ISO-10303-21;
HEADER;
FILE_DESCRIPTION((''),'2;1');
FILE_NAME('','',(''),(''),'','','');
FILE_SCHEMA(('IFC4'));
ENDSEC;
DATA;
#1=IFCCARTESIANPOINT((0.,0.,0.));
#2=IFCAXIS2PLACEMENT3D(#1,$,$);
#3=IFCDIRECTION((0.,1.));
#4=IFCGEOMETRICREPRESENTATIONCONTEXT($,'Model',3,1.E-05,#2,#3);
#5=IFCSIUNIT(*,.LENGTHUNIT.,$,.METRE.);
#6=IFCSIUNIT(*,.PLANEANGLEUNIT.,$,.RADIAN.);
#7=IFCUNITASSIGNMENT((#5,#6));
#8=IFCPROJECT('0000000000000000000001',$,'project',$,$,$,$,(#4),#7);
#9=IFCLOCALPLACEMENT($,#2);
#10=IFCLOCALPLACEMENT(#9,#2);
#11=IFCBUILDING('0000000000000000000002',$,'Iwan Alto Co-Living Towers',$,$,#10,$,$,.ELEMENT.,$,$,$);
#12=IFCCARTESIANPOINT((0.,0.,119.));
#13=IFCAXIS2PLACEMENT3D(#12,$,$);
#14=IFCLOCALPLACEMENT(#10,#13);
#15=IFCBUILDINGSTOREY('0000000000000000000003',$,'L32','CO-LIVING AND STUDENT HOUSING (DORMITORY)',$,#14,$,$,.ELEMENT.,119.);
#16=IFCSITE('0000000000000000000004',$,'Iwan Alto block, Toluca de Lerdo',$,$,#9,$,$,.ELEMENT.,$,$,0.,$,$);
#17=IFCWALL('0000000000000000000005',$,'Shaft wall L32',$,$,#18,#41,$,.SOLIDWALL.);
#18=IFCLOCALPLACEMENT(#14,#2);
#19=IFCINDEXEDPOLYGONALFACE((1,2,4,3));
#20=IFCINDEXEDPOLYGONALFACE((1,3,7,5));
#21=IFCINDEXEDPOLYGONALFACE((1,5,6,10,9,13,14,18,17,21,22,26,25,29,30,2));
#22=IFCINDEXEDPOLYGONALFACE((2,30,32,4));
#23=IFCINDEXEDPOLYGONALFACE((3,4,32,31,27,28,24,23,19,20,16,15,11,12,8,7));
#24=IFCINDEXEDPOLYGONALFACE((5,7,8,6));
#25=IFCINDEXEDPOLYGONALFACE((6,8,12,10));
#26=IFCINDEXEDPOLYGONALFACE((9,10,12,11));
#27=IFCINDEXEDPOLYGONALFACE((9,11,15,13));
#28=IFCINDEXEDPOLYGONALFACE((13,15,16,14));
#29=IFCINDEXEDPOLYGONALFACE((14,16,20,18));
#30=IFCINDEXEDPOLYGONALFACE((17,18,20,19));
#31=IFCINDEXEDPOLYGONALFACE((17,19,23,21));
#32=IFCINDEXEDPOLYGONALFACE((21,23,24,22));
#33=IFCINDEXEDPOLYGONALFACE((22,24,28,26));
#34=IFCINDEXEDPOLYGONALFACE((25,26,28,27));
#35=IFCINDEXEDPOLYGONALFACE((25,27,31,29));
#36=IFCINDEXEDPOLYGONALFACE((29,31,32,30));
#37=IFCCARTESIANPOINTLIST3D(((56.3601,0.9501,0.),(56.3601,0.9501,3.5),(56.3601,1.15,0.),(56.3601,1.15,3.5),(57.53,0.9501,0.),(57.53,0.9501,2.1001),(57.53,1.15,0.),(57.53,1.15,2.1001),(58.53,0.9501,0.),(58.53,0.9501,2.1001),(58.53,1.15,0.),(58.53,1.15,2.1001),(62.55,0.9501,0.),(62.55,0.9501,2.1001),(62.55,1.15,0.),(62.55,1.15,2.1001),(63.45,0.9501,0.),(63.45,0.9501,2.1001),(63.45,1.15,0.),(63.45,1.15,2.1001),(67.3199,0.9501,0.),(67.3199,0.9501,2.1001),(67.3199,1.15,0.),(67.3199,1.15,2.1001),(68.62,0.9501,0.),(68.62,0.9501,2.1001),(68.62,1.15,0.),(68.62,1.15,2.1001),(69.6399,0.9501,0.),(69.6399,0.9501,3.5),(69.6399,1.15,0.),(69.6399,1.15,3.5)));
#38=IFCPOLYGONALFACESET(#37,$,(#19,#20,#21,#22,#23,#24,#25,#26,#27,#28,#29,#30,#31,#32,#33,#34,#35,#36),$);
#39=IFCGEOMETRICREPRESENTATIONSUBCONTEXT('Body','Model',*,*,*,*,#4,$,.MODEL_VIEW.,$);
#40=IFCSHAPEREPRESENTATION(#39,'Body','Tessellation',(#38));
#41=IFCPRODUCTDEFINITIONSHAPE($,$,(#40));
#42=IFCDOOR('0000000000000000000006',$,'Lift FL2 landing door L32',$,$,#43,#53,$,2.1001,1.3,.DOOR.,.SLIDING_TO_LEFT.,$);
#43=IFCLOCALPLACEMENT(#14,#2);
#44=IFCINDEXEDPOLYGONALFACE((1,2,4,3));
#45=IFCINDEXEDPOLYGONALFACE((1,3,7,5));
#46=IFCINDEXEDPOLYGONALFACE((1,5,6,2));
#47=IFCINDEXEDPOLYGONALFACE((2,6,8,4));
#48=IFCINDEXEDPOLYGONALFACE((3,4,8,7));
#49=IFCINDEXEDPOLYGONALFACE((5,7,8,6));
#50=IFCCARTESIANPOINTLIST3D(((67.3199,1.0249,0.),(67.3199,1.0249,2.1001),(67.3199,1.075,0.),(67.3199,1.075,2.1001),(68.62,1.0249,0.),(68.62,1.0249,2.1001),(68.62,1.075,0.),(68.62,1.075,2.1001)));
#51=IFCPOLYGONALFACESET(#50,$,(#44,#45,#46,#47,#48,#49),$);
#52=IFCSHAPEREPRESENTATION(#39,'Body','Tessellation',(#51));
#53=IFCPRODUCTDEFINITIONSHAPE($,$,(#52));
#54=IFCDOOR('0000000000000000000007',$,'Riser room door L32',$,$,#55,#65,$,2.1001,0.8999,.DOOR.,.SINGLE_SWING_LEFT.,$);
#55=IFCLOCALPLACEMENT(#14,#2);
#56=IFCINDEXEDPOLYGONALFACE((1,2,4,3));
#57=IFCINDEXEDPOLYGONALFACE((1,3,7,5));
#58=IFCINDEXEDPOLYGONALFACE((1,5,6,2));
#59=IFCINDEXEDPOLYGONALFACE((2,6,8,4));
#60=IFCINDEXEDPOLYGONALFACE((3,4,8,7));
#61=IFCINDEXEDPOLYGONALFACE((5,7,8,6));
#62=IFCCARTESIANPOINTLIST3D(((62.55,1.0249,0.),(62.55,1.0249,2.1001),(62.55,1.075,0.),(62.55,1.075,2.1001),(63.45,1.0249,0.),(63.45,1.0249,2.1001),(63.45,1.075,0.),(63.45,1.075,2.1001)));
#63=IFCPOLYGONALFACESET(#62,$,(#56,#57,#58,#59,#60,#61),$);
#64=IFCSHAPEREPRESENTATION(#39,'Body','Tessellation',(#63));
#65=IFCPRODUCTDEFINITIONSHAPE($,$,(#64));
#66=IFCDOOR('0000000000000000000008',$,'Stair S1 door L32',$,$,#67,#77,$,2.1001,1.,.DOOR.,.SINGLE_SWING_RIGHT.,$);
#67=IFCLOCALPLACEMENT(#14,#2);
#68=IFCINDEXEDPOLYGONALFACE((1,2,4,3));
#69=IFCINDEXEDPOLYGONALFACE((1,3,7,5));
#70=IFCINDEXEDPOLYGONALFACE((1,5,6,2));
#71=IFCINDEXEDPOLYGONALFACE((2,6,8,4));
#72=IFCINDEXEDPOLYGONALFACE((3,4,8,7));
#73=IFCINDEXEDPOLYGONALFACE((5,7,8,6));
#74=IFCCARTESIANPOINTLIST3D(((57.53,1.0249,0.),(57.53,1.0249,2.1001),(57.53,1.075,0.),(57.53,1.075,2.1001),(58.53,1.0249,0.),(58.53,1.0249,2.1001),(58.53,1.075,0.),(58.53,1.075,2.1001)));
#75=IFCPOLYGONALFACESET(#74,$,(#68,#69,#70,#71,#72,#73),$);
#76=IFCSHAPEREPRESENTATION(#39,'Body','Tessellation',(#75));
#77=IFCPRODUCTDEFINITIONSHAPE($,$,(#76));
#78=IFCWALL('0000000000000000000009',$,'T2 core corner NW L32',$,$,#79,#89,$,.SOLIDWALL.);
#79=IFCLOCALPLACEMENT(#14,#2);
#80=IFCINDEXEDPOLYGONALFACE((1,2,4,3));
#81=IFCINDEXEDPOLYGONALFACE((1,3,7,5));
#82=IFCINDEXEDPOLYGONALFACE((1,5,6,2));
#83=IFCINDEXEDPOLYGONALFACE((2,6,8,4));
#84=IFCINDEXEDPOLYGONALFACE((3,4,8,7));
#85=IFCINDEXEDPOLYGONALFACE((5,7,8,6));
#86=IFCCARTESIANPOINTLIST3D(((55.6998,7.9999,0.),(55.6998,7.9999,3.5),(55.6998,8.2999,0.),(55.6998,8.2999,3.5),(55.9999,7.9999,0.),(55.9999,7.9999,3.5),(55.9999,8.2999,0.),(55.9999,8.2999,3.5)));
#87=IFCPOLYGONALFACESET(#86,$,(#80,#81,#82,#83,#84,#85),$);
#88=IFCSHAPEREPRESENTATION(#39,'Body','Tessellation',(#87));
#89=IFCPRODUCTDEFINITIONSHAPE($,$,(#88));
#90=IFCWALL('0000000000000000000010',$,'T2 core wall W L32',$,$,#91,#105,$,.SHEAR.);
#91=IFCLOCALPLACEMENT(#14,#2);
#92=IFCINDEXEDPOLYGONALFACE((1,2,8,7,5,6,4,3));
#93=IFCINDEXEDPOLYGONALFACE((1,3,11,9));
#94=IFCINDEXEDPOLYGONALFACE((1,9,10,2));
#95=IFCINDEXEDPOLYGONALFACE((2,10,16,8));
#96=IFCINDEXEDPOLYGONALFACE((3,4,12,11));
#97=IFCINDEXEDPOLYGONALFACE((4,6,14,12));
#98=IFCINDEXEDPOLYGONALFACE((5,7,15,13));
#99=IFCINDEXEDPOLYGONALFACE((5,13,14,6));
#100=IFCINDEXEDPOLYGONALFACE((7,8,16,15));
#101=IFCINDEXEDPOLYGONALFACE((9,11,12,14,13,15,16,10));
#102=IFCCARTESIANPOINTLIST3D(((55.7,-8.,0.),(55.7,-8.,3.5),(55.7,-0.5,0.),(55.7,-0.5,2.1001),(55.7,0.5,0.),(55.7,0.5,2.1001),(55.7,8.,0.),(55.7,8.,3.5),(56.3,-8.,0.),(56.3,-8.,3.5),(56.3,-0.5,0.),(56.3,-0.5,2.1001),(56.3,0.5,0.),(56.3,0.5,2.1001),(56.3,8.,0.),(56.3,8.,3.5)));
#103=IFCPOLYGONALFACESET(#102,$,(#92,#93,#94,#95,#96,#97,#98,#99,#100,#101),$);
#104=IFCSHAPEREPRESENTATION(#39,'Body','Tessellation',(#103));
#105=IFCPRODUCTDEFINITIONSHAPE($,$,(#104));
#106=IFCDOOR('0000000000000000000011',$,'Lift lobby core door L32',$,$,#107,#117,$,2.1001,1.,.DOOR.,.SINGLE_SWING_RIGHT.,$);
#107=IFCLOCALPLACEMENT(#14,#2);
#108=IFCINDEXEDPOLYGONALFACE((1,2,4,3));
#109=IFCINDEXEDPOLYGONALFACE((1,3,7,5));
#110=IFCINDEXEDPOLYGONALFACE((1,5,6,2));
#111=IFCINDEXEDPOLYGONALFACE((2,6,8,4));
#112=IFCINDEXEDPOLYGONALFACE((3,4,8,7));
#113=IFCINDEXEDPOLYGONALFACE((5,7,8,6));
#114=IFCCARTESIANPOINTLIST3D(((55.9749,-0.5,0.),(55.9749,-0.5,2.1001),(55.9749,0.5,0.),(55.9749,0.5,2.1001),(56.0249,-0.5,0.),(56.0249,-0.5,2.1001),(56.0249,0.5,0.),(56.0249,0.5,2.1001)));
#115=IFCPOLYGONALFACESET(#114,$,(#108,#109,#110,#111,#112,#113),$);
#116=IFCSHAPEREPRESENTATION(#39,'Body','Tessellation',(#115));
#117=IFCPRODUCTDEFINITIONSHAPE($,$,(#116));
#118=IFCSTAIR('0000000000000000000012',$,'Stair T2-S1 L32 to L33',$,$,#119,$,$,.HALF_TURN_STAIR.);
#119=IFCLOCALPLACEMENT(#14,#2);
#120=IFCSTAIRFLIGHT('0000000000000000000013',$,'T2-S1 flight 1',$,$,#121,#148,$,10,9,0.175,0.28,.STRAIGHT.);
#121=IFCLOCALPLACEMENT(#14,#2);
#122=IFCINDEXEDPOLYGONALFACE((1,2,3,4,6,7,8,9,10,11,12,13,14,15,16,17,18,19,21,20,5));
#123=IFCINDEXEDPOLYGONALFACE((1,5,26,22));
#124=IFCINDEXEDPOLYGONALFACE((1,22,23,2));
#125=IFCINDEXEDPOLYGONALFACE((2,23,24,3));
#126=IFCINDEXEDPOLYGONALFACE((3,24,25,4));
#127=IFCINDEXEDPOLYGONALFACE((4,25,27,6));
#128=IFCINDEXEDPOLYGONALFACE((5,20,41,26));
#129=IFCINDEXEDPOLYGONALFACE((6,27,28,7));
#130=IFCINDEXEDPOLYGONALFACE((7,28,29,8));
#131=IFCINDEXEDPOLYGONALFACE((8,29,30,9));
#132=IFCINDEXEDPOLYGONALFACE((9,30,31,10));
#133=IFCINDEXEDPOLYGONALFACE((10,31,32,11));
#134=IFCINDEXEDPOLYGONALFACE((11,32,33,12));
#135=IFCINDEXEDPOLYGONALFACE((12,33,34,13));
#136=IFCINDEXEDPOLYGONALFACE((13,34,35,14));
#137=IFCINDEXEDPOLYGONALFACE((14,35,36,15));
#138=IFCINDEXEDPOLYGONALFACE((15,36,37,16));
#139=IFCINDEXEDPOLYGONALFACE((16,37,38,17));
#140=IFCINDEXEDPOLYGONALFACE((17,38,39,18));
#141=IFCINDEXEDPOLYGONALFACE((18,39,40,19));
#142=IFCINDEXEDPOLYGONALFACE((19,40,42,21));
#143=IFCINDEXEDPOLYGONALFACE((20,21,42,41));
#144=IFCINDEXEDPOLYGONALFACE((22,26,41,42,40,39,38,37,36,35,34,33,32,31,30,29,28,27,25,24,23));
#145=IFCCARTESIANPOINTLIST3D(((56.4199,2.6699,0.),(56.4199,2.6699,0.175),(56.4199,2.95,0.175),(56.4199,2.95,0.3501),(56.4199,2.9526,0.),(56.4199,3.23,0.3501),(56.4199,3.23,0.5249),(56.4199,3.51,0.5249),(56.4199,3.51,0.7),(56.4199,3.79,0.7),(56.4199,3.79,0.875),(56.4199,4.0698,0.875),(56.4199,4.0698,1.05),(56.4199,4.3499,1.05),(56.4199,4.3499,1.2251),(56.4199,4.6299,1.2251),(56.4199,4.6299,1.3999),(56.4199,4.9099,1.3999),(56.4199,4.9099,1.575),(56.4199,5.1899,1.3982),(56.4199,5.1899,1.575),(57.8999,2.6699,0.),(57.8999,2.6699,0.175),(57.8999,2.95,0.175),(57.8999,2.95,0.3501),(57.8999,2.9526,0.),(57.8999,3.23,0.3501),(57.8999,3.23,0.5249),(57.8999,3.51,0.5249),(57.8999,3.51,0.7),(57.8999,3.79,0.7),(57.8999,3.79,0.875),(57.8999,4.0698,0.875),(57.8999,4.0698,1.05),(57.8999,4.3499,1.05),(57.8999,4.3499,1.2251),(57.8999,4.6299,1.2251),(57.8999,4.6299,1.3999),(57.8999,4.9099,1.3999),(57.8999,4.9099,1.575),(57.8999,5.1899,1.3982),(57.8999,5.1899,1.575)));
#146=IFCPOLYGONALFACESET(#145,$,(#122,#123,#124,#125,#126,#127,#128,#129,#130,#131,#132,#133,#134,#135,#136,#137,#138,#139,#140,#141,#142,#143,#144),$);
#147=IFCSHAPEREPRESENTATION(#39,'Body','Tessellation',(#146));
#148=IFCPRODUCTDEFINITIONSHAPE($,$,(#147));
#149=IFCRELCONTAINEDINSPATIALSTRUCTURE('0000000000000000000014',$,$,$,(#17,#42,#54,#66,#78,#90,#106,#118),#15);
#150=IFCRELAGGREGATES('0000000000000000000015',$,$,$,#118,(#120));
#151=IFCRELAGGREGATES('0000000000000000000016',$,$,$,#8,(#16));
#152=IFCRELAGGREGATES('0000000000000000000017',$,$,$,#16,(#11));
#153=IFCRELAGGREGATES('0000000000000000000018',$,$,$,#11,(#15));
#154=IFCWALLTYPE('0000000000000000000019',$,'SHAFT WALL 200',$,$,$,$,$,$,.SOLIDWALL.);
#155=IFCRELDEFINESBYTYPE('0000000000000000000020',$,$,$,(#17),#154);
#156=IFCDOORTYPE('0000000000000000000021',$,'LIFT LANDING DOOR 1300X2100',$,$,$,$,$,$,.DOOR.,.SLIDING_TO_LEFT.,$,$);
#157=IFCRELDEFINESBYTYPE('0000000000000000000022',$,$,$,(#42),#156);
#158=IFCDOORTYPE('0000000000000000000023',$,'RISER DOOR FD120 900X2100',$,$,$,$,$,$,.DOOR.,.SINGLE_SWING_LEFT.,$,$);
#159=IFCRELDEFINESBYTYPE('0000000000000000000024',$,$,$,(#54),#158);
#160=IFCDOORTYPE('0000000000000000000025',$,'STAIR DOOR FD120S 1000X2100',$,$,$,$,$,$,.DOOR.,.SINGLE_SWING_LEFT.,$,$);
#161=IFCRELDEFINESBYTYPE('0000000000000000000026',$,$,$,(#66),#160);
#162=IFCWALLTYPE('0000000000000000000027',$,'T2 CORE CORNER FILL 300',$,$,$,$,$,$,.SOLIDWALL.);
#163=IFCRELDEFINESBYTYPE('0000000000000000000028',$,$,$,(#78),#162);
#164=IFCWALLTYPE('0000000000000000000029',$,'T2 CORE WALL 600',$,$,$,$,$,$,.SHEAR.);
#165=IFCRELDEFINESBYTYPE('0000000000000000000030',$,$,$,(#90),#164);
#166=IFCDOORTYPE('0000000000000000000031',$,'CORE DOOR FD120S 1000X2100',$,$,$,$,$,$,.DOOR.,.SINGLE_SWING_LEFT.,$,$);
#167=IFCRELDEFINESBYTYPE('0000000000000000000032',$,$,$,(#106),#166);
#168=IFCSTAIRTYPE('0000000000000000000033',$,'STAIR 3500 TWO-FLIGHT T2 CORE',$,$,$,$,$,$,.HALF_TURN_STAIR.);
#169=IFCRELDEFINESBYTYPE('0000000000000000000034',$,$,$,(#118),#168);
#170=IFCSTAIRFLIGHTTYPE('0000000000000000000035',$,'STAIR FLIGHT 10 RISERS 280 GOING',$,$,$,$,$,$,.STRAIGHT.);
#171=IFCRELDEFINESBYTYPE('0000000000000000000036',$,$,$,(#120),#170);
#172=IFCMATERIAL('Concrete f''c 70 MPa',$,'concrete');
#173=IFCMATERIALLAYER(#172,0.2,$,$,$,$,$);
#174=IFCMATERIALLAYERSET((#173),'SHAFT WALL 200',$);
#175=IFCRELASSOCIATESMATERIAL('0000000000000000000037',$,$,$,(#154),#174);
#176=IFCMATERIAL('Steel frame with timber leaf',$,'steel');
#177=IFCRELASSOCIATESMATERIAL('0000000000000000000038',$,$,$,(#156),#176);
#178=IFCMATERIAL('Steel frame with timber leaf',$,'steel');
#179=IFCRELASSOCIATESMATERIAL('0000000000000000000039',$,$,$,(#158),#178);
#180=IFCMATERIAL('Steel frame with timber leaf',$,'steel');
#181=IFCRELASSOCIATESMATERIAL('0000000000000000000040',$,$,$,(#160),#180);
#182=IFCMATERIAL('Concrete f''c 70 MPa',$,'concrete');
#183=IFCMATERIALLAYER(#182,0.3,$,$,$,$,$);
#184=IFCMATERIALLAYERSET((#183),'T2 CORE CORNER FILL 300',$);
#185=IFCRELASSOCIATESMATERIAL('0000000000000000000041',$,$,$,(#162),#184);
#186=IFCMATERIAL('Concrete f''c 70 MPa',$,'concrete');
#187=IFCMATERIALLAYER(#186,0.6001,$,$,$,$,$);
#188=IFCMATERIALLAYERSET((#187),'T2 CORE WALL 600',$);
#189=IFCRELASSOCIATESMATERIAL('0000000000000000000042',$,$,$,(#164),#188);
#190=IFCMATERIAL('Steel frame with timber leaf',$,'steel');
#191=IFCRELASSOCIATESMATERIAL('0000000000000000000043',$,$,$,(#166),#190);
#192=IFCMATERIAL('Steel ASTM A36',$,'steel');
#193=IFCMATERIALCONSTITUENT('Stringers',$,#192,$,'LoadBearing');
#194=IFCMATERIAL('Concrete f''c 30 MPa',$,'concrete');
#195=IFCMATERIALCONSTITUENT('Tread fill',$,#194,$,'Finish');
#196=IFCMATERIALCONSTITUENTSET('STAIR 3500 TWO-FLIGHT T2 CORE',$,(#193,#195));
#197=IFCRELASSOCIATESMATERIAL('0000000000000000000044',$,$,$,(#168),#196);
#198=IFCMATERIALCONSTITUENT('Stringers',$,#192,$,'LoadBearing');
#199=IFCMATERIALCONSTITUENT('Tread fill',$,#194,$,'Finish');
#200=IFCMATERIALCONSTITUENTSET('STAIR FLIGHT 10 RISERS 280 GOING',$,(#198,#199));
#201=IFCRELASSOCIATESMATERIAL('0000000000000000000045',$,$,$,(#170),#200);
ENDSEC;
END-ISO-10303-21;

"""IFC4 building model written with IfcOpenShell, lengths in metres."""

from ifc_helpers import new_model, si_unit, direction, frame, frame_2d, origin, place, context, subcontext, project, spatial, polyline, rectangle, outline, extrude, material, layer, layer_set, constituent, constituent_set, type_object, element, fill, aggregate, save


model = new_model("IFC4")

# Units and contexts
model_context = context("Model", 3, precision=1e-05, world=origin(), true_north=direction((0.0, 1.0)))
body_context = subcontext(model_context, "Body", "Model", "MODEL_VIEW")
ifc_project = project(units=[si_unit("LENGTHUNIT", "METRE"), si_unit("PLANEANGLEUNIT", "RADIAN")], contexts=[model_context])

# Site, building, storey
site_placement = place(None, origin())
site = spatial("IfcSite", under=ifc_project, at=site_placement, Name="Iwan Alto block, Toluca de Lerdo", CompositionType="ELEMENT", RefElevation=0.0)
building_placement = place(site_placement, origin())
building = spatial("IfcBuilding", under=site, at=building_placement, Name="Iwan Alto Co-Living Towers", CompositionType="ELEMENT")
storey_placement = place(building_placement, frame((0.0, 0.0, 119.0)))
storey = spatial("IfcBuildingStorey", under=building, at=storey_placement, Name="L32", Description="CO-LIVING AND STUDENT HOUSING (DORMITORY)", CompositionType="ELEMENT", Elevation=119.0)

# Wall, openings, doors
ifc_material_1 = material(Name="Concrete f'c 70 MPa", Category="concrete")
ifc_layer_1 = layer(ifc_material_1, 0.2)
ifc_layer_set_1 = layer_set([ifc_layer_1], Name="SHAFT WALL 200")
wall_type_1 = type_object("IfcWallType", Name="SHAFT WALL 200", PredefinedType="SOLIDWALL", material=ifc_layer_set_1)
wall_1_placement = place(storey_placement, frame((56.3601, 1.05, 0.0), z_axis=(0.0, 0.0, 1.0), x_axis=(1.0, 0.0, 0.0)))
wall_1 = element("IfcWall", 1, at=wall_1_placement, inside=storey, type_object=wall_type_1, Name="Shaft wall L32", PredefinedType="SOLIDWALL", context=body_context, shape_type="SweptSolid", body=[
    extrude(rectangle(XDim=13.2798, YDim=0.2, at=frame_2d((6.6399, 0.0))), origin(), (0.0, 0.0, 1.0), 3.5),
])
opening_1_placement = place(wall_1_placement, frame((1.1699, 0.0, 0.0)))
opening_1 = element("IfcOpeningElement", 2, at=opening_1_placement, cuts=wall_1, PredefinedType="OPENING", context=body_context, shape_type="SweptSolid", body=[
    extrude(rectangle(XDim=1.0, YDim=2.1001, at=frame_2d((0.5, 1.05))), frame((0.0, 0.1099, 0.0), z_axis=(0.0, -1.0, 0.0), x_axis=(1.0, 0.0, 0.0)), (0.0, 0.0, 1.0), 0.22),
])
opening_2_placement = place(wall_1_placement, frame((6.1899, 0.0, 0.0)))
opening_2 = element("IfcOpeningElement", 3, at=opening_2_placement, cuts=wall_1, PredefinedType="OPENING", context=body_context, shape_type="SweptSolid", body=[
    extrude(rectangle(XDim=0.8999, YDim=2.1001, at=frame_2d((0.45, 1.05))), frame((0.0, 0.1099, 0.0), z_axis=(0.0, -1.0, 0.0), x_axis=(1.0, 0.0, 0.0)), (0.0, 0.0, 1.0), 0.22),
])
opening_3_placement = place(wall_1_placement, frame((10.96, 0.0, 0.0)))
opening_3 = element("IfcOpeningElement", 4, at=opening_3_placement, cuts=wall_1, PredefinedType="OPENING", context=body_context, shape_type="SweptSolid", body=[
    extrude(rectangle(XDim=1.3, YDim=2.1001, at=frame_2d((0.6499, 1.05))), frame((0.0, 0.1099, 0.0), z_axis=(0.0, -1.0, 0.0), x_axis=(1.0, 0.0, 0.0)), (0.0, 0.0, 1.0), 0.22),
])
ifc_material_2 = material(Name="Steel frame with timber leaf", Category="steel")
door_type_1 = type_object("IfcDoorType", Name="LIFT LANDING DOOR 1300X2100", OperationType="SLIDING_TO_LEFT", PredefinedType="DOOR", material=ifc_material_2)
door_1_placement = place(opening_3_placement, origin())
door_1 = element("IfcDoor", 5, at=door_1_placement, inside=storey, type_object=door_type_1, Name="Lift FL2 landing door L32", OperationType="SLIDING_TO_LEFT", OverallHeight=2.1001, OverallWidth=1.3, PredefinedType="DOOR", context=body_context, shape_type="SweptSolid", body=[
    extrude(rectangle(XDim=1.3, YDim=2.1001, at=frame_2d((0.6499, 1.05))), frame((0.0, 0.0249, 0.0), z_axis=(0.0, -1.0, 0.0), x_axis=(1.0, 0.0, 0.0)), (0.0, 0.0, 1.0), 0.05),
])
fill(opening_3, door_1)
ifc_material_3 = material(Name="Steel frame with timber leaf", Category="steel")
door_type_2 = type_object("IfcDoorType", Name="RISER DOOR FD120 900X2100", OperationType="SINGLE_SWING_LEFT", PredefinedType="DOOR", material=ifc_material_3)
door_2_placement = place(opening_2_placement, origin())
door_2 = element("IfcDoor", 6, at=door_2_placement, inside=storey, type_object=door_type_2, Name="Riser room door L32", OperationType="SINGLE_SWING_LEFT", OverallHeight=2.1001, OverallWidth=0.8999, PredefinedType="DOOR", context=body_context, shape_type="SweptSolid", body=[
    extrude(rectangle(XDim=0.8999, YDim=2.1001, at=frame_2d((0.45, 1.05))), frame((0.0, 0.0249, 0.0), z_axis=(0.0, -1.0, 0.0), x_axis=(1.0, 0.0, 0.0)), (0.0, 0.0, 1.0), 0.05),
])
fill(opening_2, door_2)
ifc_material_4 = material(Name="Steel frame with timber leaf", Category="steel")
door_type_3 = type_object("IfcDoorType", Name="STAIR DOOR FD120S 1000X2100", OperationType="SINGLE_SWING_LEFT", PredefinedType="DOOR", material=ifc_material_4)
door_3_placement = place(opening_1_placement, origin())
door_3 = element("IfcDoor", 7, at=door_3_placement, inside=storey, type_object=door_type_3, Name="Stair S1 door L32", OperationType="SINGLE_SWING_RIGHT", OverallHeight=2.1001, OverallWidth=1.0, PredefinedType="DOOR", context=body_context, shape_type="SweptSolid", body=[
    extrude(rectangle(XDim=1.0, YDim=2.1001, at=frame_2d((0.5, 1.05))), frame((0.0, 0.0249, 0.0), z_axis=(0.0, -1.0, 0.0), x_axis=(1.0, 0.0, 0.0)), (0.0, 0.0, 1.0), 0.05),
])
fill(opening_1, door_3)

# Wall
ifc_material_5 = material(Name="Concrete f'c 70 MPa", Category="concrete")
ifc_layer_2 = layer(ifc_material_5, 0.3)
ifc_layer_set_2 = layer_set([ifc_layer_2], Name="T2 CORE CORNER FILL 300")
wall_type_2 = type_object("IfcWallType", Name="T2 CORE CORNER FILL 300", PredefinedType="SOLIDWALL", material=ifc_layer_set_2)
wall_2_placement = place(storey_placement, frame((55.7, 8.1499, 0.0), z_axis=(0.0, 0.0, 1.0), x_axis=(1.0, 0.0, 0.0)))
element("IfcWall", 8, at=wall_2_placement, inside=storey, type_object=wall_type_2, Name="T2 core corner NW L32", PredefinedType="SOLIDWALL", context=body_context, shape_type="SweptSolid", body=[
    extrude(rectangle(XDim=0.3, YDim=0.3, at=frame_2d((0.1499, 0.0))), origin(), (0.0, 0.0, 1.0), 3.5),
])

# Wall, opening, door
ifc_material_6 = material(Name="Concrete f'c 70 MPa", Category="concrete")
ifc_layer_3 = layer(ifc_material_6, 0.6001)
ifc_layer_set_3 = layer_set([ifc_layer_3], Name="T2 CORE WALL 600")
wall_type_3 = type_object("IfcWallType", Name="T2 CORE WALL 600", PredefinedType="SHEAR", material=ifc_layer_set_3)
wall_3_placement = place(storey_placement, frame((56.0, 8.0, 0.0), z_axis=(0.0, 0.0, 1.0), x_axis=(0.0, -1.0, 0.0)))
wall_3 = element("IfcWall", 9, at=wall_3_placement, inside=storey, type_object=wall_type_3, Name="T2 core wall W L32", PredefinedType="SHEAR", context=body_context, shape_type="SweptSolid", body=[
    extrude(rectangle(XDim=16.0, YDim=0.6001, at=frame_2d((8.0, 0.0))), origin(), (0.0, 0.0, 1.0), 3.5),
])
opening_4_placement = place(wall_3_placement, frame((7.5, 0.0, 0.0)))
opening_4 = element("IfcOpeningElement", 10, at=opening_4_placement, cuts=wall_3, PredefinedType="OPENING", context=body_context, shape_type="SweptSolid", body=[
    extrude(rectangle(XDim=1.0, YDim=2.1001, at=frame_2d((0.5, 1.05))), frame((0.0, 0.3101, 0.0), z_axis=(0.0, -1.0, 0.0), x_axis=(1.0, 0.0, 0.0)), (0.0, 0.0, 1.0), 0.6201),
])
ifc_material_7 = material(Name="Steel frame with timber leaf", Category="steel")
door_type_4 = type_object("IfcDoorType", Name="CORE DOOR FD120S 1000X2100", OperationType="SINGLE_SWING_LEFT", PredefinedType="DOOR", material=ifc_material_7)
door_4_placement = place(opening_4_placement, origin())
door_4 = element("IfcDoor", 11, at=door_4_placement, inside=storey, type_object=door_type_4, Name="Lift lobby core door L32", OperationType="SINGLE_SWING_RIGHT", OverallHeight=2.1001, OverallWidth=1.0, PredefinedType="DOOR", context=body_context, shape_type="SweptSolid", body=[
    extrude(rectangle(XDim=1.0, YDim=2.1001, at=frame_2d((0.5, 1.05))), frame((0.0, 0.0249, 0.0), z_axis=(0.0, -1.0, 0.0), x_axis=(1.0, 0.0, 0.0)), (0.0, 0.0, 1.0), 0.05),
])
fill(opening_4, door_4)

# Stair, stair flight
ifc_material_8 = material(Name="Steel ASTM A36", Category="steel")
ifc_constituent_1 = constituent(ifc_material_8, Name="Stringers", Category="LoadBearing")
ifc_material_9 = material(Name="Concrete f'c 30 MPa", Category="concrete")
ifc_constituent_2 = constituent(ifc_material_9, Name="Tread fill", Category="Finish")
ifc_constituent_set_1 = constituent_set(constituents=[ifc_constituent_1, ifc_constituent_2], Name="STAIR 3500 TWO-FLIGHT T2 CORE")
stair_type = type_object("IfcStairType", Name="STAIR 3500 TWO-FLIGHT T2 CORE", PredefinedType="HALF_TURN_STAIR", material=ifc_constituent_set_1)
stair_placement = place(storey_placement, origin())
stair = element("IfcStair", 12, at=stair_placement, inside=storey, type_object=stair_type, Name="Stair T2-S1 L32 to L33", PredefinedType="HALF_TURN_STAIR")
ifc_constituent_3 = constituent(ifc_material_8, Name="Stringers", Category="LoadBearing")
ifc_constituent_4 = constituent(ifc_material_9, Name="Tread fill", Category="Finish")
ifc_constituent_set_2 = constituent_set(constituents=[ifc_constituent_3, ifc_constituent_4], Name="STAIR FLIGHT 10 RISERS 280 GOING")
stair_flight_type = type_object("IfcStairFlightType", Name="STAIR FLIGHT 10 RISERS 280 GOING", PredefinedType="STRAIGHT", material=ifc_constituent_set_2)
stair_flight_placement = place(storey_placement, frame((57.1599, 2.6699, 0.0), z_axis=(0.0, 0.0, 1.0), x_axis=(0.0, 1.0, 0.0)))
stair_flight = element("IfcStairFlight", 13, at=stair_flight_placement, type_object=stair_flight_type, Name="T2-S1 flight 1", NumberOfRisers=10, NumberOfTreads=9, PredefinedType="STRAIGHT", RiserHeight=0.175, TreadLength=0.28, context=body_context, shape_type="SweptSolid", body=[
    extrude(outline(polyline([(0.0, 0.0), (0.0, 0.175), (0.28, 0.175), (0.28, 0.3501), (0.5601, 0.3501), (0.5601, 0.5249), (0.8401, 0.5249), (0.8401, 0.7), (1.1201, 0.7), (1.1201, 0.875), (1.3999, 0.875), (1.3999, 1.05), (1.6799, 1.05), (1.6799, 1.2251), (1.96, 1.2251), (1.96, 1.3999), (2.24, 1.3999), (2.24, 1.575), (2.52, 1.575), (2.52, 1.75), (2.52, 1.3982), (0.2827, 0.0), (0.0, 0.0)])), frame((0.0, 0.74, 0.0), z_axis=(0.0, -1.0, 0.0), x_axis=(1.0, 0.0, 0.0)), (0.0, 0.0, 1.0), 1.48),
])
aggregate(stair, [stair_flight])

save(model, "model.ifc")
